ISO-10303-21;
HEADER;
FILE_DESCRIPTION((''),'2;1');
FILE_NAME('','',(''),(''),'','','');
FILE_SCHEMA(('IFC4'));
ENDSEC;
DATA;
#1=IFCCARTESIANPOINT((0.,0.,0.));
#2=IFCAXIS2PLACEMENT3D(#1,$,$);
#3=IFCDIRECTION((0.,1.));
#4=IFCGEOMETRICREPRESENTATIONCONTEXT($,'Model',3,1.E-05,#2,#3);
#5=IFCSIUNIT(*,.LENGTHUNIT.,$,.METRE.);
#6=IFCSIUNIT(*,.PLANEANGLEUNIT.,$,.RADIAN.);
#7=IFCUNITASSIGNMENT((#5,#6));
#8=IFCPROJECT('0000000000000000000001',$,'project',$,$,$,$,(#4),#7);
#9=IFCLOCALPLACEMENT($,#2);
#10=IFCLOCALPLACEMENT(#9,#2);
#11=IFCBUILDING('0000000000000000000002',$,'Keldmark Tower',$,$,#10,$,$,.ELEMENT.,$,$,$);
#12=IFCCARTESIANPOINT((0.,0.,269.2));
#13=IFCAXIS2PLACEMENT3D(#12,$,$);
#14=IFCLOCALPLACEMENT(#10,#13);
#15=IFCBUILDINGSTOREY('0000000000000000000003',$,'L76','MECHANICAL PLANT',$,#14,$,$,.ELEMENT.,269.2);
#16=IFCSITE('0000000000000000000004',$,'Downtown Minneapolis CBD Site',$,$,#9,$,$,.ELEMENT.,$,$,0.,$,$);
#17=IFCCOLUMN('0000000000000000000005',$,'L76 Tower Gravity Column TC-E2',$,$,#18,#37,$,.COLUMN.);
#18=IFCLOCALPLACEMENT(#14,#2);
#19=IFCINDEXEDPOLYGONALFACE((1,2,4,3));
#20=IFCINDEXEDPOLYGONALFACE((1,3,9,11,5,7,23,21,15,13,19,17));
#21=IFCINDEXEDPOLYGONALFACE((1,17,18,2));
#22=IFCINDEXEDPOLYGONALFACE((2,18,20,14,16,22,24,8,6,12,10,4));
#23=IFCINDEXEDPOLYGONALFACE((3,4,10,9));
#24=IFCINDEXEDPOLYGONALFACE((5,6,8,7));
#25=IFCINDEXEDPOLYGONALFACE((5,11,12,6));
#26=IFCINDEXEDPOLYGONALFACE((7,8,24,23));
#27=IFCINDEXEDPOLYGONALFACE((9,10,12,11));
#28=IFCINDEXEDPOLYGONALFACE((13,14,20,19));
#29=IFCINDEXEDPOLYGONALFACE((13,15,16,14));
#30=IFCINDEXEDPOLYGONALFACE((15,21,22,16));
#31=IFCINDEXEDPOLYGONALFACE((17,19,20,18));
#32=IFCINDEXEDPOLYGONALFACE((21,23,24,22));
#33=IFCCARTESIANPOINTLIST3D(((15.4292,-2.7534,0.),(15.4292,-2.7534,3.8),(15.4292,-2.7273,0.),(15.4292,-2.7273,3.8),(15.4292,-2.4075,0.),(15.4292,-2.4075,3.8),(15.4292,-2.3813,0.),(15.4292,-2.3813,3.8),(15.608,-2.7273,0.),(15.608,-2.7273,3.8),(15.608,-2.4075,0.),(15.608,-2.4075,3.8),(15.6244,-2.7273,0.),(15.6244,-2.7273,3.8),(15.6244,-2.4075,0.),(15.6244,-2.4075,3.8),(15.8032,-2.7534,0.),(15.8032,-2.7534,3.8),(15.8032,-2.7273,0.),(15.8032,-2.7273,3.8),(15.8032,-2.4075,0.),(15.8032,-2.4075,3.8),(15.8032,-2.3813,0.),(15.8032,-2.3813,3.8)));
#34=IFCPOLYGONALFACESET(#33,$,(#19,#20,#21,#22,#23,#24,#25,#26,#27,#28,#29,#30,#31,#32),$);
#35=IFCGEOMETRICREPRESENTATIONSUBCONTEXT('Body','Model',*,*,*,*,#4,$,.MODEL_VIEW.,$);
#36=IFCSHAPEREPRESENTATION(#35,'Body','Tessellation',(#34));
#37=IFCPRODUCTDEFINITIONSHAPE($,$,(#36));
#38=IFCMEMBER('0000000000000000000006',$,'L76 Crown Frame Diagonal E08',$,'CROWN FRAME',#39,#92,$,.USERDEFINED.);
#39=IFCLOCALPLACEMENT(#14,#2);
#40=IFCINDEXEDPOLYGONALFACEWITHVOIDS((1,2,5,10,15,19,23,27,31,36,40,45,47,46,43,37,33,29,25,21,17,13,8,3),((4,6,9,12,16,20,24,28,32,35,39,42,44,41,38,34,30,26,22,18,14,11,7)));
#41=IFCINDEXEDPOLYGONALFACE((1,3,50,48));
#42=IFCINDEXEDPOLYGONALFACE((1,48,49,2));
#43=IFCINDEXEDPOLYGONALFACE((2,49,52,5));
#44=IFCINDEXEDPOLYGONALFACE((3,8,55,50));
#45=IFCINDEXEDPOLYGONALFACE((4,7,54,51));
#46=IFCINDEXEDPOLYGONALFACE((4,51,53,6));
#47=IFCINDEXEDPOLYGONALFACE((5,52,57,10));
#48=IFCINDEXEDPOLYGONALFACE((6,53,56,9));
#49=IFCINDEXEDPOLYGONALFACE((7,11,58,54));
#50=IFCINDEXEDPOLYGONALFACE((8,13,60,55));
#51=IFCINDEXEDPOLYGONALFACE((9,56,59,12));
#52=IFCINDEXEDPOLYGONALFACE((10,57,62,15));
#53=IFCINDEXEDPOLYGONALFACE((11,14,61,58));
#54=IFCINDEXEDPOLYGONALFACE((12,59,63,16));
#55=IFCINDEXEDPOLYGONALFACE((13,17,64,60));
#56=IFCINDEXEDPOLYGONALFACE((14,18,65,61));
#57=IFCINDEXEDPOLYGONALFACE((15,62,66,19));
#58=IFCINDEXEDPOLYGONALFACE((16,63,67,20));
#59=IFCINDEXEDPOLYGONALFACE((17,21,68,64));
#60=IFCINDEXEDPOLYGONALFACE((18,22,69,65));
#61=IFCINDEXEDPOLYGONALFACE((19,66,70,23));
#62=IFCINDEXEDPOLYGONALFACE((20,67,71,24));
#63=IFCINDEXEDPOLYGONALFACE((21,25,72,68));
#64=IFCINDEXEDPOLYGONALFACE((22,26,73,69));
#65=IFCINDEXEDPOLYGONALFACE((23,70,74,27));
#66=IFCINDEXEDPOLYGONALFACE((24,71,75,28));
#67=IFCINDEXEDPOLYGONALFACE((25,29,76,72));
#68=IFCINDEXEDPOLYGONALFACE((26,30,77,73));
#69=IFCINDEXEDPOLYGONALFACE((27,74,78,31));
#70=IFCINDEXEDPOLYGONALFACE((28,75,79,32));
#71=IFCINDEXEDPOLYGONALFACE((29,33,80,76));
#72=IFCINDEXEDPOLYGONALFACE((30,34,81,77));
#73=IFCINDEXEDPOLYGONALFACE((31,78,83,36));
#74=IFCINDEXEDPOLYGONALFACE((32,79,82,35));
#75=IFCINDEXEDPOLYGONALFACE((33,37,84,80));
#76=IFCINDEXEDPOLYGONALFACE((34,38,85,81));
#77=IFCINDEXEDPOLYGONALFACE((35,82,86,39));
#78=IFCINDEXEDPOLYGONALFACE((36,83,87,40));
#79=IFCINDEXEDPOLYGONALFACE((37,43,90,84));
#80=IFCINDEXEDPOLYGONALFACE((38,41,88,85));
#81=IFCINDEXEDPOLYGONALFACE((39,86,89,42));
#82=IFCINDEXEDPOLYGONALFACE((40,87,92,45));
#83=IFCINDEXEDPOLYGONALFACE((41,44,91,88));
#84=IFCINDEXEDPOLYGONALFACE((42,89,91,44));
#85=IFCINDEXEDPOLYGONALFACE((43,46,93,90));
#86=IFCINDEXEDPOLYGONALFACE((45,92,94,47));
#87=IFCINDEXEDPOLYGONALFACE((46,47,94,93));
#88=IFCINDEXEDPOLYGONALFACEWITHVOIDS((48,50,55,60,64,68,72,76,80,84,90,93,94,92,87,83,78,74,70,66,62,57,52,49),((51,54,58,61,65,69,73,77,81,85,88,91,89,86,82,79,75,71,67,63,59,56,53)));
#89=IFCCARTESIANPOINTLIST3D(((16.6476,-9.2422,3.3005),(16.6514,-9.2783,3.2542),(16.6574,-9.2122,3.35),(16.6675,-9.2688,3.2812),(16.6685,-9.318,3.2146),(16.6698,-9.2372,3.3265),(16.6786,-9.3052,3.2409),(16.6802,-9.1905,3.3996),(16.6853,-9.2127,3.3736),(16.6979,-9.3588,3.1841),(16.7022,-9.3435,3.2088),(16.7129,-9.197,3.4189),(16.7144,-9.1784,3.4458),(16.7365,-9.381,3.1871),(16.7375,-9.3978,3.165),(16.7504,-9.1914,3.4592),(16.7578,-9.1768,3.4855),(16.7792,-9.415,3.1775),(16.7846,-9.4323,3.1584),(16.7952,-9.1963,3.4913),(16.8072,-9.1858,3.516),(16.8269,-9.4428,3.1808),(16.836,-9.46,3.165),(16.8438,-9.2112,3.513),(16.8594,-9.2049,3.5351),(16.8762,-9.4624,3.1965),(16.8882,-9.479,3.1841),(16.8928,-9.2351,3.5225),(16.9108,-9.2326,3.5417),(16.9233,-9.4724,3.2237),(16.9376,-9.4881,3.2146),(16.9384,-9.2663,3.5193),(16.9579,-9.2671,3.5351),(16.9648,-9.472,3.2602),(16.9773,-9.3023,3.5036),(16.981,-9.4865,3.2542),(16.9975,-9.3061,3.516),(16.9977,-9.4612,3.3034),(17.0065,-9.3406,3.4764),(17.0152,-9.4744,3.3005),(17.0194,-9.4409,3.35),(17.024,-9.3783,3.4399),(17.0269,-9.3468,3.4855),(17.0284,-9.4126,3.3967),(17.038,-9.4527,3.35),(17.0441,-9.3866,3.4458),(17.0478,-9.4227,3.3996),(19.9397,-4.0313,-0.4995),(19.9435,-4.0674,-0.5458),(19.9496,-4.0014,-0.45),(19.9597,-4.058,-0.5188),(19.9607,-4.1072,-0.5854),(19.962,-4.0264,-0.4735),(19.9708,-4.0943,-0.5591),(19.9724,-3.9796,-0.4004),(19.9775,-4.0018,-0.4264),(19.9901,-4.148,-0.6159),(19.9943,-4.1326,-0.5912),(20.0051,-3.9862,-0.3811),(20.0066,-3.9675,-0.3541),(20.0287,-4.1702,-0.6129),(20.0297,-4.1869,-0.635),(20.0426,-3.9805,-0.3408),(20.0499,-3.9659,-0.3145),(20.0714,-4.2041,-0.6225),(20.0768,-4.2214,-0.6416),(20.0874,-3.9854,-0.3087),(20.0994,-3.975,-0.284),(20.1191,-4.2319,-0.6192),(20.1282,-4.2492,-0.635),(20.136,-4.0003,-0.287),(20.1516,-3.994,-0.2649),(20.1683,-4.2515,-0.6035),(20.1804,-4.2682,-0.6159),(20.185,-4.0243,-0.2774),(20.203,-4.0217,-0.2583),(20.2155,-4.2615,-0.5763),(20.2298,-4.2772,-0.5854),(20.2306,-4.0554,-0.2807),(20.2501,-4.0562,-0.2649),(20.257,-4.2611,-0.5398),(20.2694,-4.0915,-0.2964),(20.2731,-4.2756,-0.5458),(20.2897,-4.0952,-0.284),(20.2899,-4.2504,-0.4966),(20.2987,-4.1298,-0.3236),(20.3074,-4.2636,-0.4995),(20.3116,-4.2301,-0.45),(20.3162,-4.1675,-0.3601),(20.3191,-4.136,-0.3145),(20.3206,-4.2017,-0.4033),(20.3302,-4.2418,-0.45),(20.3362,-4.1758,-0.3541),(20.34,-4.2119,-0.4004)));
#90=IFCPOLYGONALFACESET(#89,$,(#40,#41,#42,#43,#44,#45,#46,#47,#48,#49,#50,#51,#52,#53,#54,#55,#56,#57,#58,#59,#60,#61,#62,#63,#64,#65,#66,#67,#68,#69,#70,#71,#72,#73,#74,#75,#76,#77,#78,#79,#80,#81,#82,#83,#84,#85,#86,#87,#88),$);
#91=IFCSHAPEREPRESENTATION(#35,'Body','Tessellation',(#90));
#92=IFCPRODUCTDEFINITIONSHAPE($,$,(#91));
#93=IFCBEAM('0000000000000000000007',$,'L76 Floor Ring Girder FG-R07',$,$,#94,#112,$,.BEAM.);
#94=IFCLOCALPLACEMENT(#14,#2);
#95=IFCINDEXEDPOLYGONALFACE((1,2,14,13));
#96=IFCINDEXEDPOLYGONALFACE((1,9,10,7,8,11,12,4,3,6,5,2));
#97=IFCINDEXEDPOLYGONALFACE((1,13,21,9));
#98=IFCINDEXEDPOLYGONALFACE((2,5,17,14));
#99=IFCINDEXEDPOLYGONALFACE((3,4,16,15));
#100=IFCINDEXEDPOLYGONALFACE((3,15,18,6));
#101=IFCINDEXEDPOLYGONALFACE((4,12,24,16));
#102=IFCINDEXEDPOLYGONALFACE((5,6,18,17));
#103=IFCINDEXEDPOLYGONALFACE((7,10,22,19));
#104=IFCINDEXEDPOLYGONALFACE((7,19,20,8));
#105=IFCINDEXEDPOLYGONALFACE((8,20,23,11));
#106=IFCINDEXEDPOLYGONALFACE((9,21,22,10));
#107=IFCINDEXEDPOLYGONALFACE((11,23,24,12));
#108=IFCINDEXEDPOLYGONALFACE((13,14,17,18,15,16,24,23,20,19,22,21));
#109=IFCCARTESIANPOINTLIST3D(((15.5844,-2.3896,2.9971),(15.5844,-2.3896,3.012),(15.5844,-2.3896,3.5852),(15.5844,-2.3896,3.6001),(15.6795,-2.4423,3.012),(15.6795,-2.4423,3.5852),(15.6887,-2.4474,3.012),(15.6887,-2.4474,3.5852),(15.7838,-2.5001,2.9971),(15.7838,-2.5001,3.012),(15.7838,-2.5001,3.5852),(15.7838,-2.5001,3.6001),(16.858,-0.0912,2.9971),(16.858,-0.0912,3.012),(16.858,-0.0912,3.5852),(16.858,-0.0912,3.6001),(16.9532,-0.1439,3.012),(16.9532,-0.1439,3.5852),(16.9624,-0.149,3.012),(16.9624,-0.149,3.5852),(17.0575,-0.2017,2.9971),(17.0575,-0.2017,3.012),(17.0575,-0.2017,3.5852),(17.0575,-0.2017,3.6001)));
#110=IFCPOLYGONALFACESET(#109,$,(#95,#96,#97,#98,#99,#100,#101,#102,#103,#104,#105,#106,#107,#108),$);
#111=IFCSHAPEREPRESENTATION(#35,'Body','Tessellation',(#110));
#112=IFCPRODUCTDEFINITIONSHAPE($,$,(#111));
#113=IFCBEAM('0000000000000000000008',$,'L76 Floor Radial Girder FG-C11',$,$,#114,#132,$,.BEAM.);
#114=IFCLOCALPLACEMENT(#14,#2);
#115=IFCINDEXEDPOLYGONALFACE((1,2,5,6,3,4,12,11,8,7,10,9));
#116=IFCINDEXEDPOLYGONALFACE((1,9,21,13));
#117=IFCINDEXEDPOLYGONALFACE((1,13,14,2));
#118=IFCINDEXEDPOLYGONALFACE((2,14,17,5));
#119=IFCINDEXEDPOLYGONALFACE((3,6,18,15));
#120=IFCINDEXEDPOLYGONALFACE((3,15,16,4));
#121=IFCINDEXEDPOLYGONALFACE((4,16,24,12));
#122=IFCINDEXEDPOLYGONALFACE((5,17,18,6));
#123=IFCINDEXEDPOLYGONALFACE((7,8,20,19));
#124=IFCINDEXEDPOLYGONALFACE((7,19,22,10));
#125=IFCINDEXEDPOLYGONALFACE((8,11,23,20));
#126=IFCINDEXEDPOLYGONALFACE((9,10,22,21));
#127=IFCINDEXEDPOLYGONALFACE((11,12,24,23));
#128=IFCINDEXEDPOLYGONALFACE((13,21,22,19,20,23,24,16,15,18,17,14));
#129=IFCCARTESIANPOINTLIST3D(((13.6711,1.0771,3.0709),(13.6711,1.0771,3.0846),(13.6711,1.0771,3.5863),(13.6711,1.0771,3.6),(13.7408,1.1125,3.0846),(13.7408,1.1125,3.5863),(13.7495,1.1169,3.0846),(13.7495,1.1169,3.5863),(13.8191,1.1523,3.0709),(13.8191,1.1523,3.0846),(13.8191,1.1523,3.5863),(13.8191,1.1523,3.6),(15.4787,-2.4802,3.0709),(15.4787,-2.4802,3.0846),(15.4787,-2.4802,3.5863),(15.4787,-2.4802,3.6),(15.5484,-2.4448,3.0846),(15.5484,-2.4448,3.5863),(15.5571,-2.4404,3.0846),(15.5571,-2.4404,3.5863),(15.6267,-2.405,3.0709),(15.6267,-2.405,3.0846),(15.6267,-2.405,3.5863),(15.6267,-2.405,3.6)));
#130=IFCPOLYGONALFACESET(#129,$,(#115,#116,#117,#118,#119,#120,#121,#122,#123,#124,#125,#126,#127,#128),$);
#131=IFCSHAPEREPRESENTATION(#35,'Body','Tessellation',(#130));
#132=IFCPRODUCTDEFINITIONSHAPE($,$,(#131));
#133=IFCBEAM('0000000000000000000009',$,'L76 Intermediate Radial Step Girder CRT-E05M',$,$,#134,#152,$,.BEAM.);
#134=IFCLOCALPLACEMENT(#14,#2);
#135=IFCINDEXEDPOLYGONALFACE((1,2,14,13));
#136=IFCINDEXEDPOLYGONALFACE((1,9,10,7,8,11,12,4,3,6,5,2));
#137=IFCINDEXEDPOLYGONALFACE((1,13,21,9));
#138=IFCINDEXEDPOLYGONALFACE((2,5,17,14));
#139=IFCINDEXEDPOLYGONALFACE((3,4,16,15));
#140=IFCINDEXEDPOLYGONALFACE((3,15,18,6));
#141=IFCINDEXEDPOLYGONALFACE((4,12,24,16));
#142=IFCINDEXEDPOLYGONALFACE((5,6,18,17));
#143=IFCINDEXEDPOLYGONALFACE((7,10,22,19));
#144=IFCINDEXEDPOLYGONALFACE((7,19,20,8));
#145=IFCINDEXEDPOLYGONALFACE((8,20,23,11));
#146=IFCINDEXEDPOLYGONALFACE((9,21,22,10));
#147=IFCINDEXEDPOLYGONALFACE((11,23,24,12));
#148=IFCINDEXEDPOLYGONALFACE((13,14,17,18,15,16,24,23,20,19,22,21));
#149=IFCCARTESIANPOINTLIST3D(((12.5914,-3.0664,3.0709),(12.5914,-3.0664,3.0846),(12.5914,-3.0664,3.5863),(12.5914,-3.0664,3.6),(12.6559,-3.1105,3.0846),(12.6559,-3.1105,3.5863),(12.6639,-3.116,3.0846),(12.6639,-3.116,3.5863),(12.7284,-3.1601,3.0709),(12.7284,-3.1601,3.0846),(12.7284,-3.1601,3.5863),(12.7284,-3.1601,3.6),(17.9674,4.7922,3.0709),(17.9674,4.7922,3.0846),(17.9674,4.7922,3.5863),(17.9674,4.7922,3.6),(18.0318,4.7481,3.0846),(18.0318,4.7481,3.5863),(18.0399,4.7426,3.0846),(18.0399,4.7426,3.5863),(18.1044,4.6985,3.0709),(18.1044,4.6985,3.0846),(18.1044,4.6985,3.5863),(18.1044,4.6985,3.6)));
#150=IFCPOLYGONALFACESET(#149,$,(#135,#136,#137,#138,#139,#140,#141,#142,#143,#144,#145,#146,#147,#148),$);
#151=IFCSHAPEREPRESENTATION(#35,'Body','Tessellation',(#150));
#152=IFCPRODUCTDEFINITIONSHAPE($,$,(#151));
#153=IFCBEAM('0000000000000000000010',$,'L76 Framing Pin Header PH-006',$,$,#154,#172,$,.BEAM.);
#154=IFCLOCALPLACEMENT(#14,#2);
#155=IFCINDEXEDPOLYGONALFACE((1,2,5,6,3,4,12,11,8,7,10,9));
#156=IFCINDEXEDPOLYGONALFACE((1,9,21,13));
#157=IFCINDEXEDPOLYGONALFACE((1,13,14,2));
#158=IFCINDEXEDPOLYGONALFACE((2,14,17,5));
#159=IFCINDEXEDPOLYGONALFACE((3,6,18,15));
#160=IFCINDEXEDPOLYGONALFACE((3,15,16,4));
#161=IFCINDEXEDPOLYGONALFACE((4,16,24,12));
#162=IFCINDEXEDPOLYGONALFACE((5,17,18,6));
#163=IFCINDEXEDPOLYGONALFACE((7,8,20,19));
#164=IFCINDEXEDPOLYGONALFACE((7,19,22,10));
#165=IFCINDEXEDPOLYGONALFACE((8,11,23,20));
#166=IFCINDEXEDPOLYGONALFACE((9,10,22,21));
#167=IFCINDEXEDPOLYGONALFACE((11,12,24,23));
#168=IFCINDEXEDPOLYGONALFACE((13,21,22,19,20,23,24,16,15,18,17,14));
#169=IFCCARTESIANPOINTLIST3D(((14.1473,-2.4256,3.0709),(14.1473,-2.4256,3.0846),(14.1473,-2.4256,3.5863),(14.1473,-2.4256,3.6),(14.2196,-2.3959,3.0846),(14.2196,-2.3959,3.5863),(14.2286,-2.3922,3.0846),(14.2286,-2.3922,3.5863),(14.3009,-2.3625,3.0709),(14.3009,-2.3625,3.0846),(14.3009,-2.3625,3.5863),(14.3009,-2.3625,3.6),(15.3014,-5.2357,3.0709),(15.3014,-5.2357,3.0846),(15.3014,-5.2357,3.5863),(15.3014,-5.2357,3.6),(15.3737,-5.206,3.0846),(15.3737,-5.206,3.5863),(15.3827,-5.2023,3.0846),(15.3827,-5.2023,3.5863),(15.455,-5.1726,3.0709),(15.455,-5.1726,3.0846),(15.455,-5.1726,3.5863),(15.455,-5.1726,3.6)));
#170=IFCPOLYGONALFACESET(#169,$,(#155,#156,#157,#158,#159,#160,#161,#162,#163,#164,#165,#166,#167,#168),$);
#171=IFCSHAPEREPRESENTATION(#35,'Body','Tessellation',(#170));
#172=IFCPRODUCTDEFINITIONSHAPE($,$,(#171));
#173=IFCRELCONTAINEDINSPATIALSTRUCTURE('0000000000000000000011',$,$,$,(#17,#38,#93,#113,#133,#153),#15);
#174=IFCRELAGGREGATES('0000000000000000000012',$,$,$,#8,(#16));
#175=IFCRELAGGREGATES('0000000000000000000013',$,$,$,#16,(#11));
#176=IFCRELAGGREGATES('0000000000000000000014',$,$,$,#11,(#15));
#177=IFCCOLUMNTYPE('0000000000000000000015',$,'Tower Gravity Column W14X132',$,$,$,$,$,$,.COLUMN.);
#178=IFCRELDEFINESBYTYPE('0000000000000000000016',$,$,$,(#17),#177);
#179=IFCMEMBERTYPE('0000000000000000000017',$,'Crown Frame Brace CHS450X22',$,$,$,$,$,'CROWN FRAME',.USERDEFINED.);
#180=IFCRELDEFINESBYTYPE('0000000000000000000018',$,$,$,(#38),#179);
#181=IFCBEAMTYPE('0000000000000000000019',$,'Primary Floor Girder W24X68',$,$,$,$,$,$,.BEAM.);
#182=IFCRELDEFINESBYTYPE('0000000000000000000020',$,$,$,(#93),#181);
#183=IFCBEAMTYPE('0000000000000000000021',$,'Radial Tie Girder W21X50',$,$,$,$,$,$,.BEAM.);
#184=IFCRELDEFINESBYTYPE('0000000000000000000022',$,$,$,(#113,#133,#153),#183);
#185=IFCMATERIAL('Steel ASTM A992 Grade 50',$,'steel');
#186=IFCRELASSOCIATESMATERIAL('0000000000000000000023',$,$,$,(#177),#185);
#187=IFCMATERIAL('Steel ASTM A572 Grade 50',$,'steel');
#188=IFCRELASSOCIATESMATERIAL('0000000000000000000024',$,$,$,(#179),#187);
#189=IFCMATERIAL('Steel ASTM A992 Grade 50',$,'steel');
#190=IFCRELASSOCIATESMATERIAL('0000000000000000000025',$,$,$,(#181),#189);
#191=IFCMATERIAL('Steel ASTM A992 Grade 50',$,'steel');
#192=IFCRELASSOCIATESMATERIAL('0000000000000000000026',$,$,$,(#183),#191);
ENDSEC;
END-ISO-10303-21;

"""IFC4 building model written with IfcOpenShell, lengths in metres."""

from ifc_helpers import new_model, si_unit, direction, frame, origin, origin_2d, place, context, subcontext, project, spatial, hollow_circle, i_section, extrude, material, material_profile, profile_set, type_object, element, save


model = new_model("IFC4")

# Units and contexts
model_context = context("Model", 3, precision=1e-05, world=origin(), true_north=direction((0.0, 1.0)))
body_context = subcontext(model_context, "Body", "Model", "MODEL_VIEW")
ifc_project = project(units=[si_unit("LENGTHUNIT", "METRE"), si_unit("PLANEANGLEUNIT", "RADIAN")], contexts=[model_context])

# Site, building, storey
site_placement = place(None, origin())
site = spatial("IfcSite", under=ifc_project, at=site_placement, Name="Downtown Minneapolis CBD Site", CompositionType="ELEMENT", RefElevation=0.0)
building_placement = place(site_placement, origin())
building = spatial("IfcBuilding", under=site, at=building_placement, Name="Keldmark Tower", CompositionType="ELEMENT")
storey_placement = place(building_placement, frame((0.0, 0.0, 269.2)))
storey = spatial("IfcBuildingStorey", under=building, at=storey_placement, Name="L76", Description="MECHANICAL PLANT", CompositionType="ELEMENT", Elevation=269.2)

# Column
ifc_material_1 = material(Name="Steel ASTM A992 Grade 50", Category="steel")
ifc_material_profile_1 = material_profile(ifc_material_1, i_section(OverallWidth=0.374, OverallDepth=0.3721, WebThickness=0.0164, FlangeThickness=0.0261, at=origin_2d()), Name="W14X132")
ifc_profile_set_1 = profile_set([ifc_material_profile_1], Name="Steel ASTM A992 Grade 50")
column_type = type_object("IfcColumnType", Name="Tower Gravity Column W14X132", PredefinedType="COLUMN", material=ifc_profile_set_1)
column_placement = place(storey_placement, frame((15.6162, -2.5674, 0.0), z_axis=(0.0, 0.0, 1.0), x_axis=(1.0, 0.0, 0.0)))
element("IfcColumn", 1, at=column_placement, inside=storey, type_object=column_type, Name="L76 Tower Gravity Column TC-E2", PredefinedType="COLUMN", context=body_context, shape_type="SweptSolid", body=[
    extrude(i_section(OverallWidth=0.374, OverallDepth=0.3721, WebThickness=0.0164, FlangeThickness=0.0261, at=origin_2d()), origin(), (0.0, 0.0, 1.0), 3.8),
])

# Member
ifc_material_2 = material(Name="Steel ASTM A572 Grade 50", Category="steel")
ifc_material_profile_2 = material_profile(ifc_material_2, hollow_circle(Radius=0.2251, WallThickness=0.022, at=origin_2d()), Name="CHS450X22")
ifc_profile_set_2 = profile_set([ifc_material_profile_2], Name="Steel ASTM A572 Grade 50")
member_type = type_object("IfcMemberType", Name="Crown Frame Brace CHS450X22", ElementType="CROWN FRAME", PredefinedType="USERDEFINED", material=ifc_profile_set_2)
member_placement = place(storey_placement, frame((20.1399, -4.1216, -0.45), z_axis=(-0.454662, -0.719637, 0.524791), x_axis=(0.845407, -0.534123, 0.0)))
element("IfcMember", 2, at=member_placement, inside=storey, type_object=member_type, Name="L76 Crown Frame Diagonal E08", ObjectType="CROWN FRAME", PredefinedType="USERDEFINED", context=body_context, shape_type="SweptSolid", body=[
    extrude(hollow_circle(Radius=0.2251, WallThickness=0.022, at=origin_2d()), origin(), (0.0, 0.0, 1.0), 7.241),
])

# Beams
ifc_material_3 = material(Name="Steel ASTM A992 Grade 50", Category="steel")
ifc_material_profile_3 = material_profile(ifc_material_3, i_section(OverallWidth=0.228, OverallDepth=0.603, WebThickness=0.0105, FlangeThickness=0.0149, at=origin_2d()), Name="W24X68")
ifc_profile_set_3 = profile_set([ifc_material_profile_3], Name="Steel ASTM A992 Grade 50")
beam_type_1 = type_object("IfcBeamType", Name="Primary Floor Girder W24X68", PredefinedType="BEAM", material=ifc_profile_set_3)
beam_1_placement = place(storey_placement, frame((15.6841, -2.4448, 3.2986), z_axis=(0.48472, 0.87467, 0.0), x_axis=(-0.87467, 0.48472, 0.0)))
element("IfcBeam", 3, at=beam_1_placement, inside=storey, type_object=beam_type_1, Name="L76 Floor Ring Girder FG-R07", PredefinedType="BEAM", context=body_context, shape_type="SweptSolid", body=[
    extrude(i_section(OverallWidth=0.228, OverallDepth=0.603, WebThickness=0.0105, FlangeThickness=0.0149, at=origin_2d()), origin(), (0.0, 0.0, 1.0), 2.6277),
])
ifc_material_4 = material(Name="Steel ASTM A992 Grade 50", Category="steel")
ifc_material_profile_4 = material_profile(ifc_material_4, i_section(OverallWidth=0.166, OverallDepth=0.5291, WebThickness=0.0098, FlangeThickness=0.0137, at=origin_2d()), Name="W21X50")
ifc_profile_set_4 = profile_set([ifc_material_profile_4], Name="Steel ASTM A992 Grade 50")
beam_type_2 = type_object("IfcBeamType", Name="Radial Tie Girder W21X50", PredefinedType="BEAM", material=ifc_profile_set_4)
beam_2_placement = place(storey_placement, frame((15.5527, -2.4426, 3.3354), z_axis=(-0.453004, 0.891508, 0.0), x_axis=(-0.891508, -0.453004, 0.0)))
element("IfcBeam", 4, at=beam_2_placement, inside=storey, type_object=beam_type_2, Name="L76 Floor Radial Girder FG-C11", PredefinedType="BEAM", context=body_context, shape_type="SweptSolid", body=[
    extrude(i_section(OverallWidth=0.166, OverallDepth=0.5291, WebThickness=0.0098, FlangeThickness=0.0137, at=origin_2d()), origin(), (0.0, 0.0, 1.0), 3.9902),
])
beam_3_placement = place(storey_placement, frame((12.6599, -3.1133, 3.3354), z_axis=(0.564613, 0.825356, 0.0), x_axis=(-0.825356, 0.564613, 0.0)))
element("IfcBeam", 5, at=beam_3_placement, inside=storey, type_object=beam_type_2, Name="L76 Intermediate Radial Step Girder CRT-E05M", PredefinedType="BEAM", context=body_context, shape_type="SweptSolid", body=[
    extrude(i_section(OverallWidth=0.166, OverallDepth=0.5291, WebThickness=0.0098, FlangeThickness=0.0137, at=origin_2d()), origin(), (0.0, 0.0, 1.0), 9.5215),
])
beam_4_placement = place(storey_placement, frame((14.2241, -2.394, 3.3354), z_axis=(0.379897, -0.925029, 0.0), x_axis=(0.925029, 0.379897, 0.0)))
element("IfcBeam", 6, at=beam_4_placement, inside=storey, type_object=beam_type_2, Name="L76 Framing Pin Header PH-006", PredefinedType="BEAM", context=body_context, shape_type="SweptSolid", body=[
    extrude(i_section(OverallWidth=0.166, OverallDepth=0.5291, WebThickness=0.0098, FlangeThickness=0.0137, at=origin_2d()), origin(), (0.0, 0.0, 1.0), 3.0378),
])

save(model, "model.ifc")
